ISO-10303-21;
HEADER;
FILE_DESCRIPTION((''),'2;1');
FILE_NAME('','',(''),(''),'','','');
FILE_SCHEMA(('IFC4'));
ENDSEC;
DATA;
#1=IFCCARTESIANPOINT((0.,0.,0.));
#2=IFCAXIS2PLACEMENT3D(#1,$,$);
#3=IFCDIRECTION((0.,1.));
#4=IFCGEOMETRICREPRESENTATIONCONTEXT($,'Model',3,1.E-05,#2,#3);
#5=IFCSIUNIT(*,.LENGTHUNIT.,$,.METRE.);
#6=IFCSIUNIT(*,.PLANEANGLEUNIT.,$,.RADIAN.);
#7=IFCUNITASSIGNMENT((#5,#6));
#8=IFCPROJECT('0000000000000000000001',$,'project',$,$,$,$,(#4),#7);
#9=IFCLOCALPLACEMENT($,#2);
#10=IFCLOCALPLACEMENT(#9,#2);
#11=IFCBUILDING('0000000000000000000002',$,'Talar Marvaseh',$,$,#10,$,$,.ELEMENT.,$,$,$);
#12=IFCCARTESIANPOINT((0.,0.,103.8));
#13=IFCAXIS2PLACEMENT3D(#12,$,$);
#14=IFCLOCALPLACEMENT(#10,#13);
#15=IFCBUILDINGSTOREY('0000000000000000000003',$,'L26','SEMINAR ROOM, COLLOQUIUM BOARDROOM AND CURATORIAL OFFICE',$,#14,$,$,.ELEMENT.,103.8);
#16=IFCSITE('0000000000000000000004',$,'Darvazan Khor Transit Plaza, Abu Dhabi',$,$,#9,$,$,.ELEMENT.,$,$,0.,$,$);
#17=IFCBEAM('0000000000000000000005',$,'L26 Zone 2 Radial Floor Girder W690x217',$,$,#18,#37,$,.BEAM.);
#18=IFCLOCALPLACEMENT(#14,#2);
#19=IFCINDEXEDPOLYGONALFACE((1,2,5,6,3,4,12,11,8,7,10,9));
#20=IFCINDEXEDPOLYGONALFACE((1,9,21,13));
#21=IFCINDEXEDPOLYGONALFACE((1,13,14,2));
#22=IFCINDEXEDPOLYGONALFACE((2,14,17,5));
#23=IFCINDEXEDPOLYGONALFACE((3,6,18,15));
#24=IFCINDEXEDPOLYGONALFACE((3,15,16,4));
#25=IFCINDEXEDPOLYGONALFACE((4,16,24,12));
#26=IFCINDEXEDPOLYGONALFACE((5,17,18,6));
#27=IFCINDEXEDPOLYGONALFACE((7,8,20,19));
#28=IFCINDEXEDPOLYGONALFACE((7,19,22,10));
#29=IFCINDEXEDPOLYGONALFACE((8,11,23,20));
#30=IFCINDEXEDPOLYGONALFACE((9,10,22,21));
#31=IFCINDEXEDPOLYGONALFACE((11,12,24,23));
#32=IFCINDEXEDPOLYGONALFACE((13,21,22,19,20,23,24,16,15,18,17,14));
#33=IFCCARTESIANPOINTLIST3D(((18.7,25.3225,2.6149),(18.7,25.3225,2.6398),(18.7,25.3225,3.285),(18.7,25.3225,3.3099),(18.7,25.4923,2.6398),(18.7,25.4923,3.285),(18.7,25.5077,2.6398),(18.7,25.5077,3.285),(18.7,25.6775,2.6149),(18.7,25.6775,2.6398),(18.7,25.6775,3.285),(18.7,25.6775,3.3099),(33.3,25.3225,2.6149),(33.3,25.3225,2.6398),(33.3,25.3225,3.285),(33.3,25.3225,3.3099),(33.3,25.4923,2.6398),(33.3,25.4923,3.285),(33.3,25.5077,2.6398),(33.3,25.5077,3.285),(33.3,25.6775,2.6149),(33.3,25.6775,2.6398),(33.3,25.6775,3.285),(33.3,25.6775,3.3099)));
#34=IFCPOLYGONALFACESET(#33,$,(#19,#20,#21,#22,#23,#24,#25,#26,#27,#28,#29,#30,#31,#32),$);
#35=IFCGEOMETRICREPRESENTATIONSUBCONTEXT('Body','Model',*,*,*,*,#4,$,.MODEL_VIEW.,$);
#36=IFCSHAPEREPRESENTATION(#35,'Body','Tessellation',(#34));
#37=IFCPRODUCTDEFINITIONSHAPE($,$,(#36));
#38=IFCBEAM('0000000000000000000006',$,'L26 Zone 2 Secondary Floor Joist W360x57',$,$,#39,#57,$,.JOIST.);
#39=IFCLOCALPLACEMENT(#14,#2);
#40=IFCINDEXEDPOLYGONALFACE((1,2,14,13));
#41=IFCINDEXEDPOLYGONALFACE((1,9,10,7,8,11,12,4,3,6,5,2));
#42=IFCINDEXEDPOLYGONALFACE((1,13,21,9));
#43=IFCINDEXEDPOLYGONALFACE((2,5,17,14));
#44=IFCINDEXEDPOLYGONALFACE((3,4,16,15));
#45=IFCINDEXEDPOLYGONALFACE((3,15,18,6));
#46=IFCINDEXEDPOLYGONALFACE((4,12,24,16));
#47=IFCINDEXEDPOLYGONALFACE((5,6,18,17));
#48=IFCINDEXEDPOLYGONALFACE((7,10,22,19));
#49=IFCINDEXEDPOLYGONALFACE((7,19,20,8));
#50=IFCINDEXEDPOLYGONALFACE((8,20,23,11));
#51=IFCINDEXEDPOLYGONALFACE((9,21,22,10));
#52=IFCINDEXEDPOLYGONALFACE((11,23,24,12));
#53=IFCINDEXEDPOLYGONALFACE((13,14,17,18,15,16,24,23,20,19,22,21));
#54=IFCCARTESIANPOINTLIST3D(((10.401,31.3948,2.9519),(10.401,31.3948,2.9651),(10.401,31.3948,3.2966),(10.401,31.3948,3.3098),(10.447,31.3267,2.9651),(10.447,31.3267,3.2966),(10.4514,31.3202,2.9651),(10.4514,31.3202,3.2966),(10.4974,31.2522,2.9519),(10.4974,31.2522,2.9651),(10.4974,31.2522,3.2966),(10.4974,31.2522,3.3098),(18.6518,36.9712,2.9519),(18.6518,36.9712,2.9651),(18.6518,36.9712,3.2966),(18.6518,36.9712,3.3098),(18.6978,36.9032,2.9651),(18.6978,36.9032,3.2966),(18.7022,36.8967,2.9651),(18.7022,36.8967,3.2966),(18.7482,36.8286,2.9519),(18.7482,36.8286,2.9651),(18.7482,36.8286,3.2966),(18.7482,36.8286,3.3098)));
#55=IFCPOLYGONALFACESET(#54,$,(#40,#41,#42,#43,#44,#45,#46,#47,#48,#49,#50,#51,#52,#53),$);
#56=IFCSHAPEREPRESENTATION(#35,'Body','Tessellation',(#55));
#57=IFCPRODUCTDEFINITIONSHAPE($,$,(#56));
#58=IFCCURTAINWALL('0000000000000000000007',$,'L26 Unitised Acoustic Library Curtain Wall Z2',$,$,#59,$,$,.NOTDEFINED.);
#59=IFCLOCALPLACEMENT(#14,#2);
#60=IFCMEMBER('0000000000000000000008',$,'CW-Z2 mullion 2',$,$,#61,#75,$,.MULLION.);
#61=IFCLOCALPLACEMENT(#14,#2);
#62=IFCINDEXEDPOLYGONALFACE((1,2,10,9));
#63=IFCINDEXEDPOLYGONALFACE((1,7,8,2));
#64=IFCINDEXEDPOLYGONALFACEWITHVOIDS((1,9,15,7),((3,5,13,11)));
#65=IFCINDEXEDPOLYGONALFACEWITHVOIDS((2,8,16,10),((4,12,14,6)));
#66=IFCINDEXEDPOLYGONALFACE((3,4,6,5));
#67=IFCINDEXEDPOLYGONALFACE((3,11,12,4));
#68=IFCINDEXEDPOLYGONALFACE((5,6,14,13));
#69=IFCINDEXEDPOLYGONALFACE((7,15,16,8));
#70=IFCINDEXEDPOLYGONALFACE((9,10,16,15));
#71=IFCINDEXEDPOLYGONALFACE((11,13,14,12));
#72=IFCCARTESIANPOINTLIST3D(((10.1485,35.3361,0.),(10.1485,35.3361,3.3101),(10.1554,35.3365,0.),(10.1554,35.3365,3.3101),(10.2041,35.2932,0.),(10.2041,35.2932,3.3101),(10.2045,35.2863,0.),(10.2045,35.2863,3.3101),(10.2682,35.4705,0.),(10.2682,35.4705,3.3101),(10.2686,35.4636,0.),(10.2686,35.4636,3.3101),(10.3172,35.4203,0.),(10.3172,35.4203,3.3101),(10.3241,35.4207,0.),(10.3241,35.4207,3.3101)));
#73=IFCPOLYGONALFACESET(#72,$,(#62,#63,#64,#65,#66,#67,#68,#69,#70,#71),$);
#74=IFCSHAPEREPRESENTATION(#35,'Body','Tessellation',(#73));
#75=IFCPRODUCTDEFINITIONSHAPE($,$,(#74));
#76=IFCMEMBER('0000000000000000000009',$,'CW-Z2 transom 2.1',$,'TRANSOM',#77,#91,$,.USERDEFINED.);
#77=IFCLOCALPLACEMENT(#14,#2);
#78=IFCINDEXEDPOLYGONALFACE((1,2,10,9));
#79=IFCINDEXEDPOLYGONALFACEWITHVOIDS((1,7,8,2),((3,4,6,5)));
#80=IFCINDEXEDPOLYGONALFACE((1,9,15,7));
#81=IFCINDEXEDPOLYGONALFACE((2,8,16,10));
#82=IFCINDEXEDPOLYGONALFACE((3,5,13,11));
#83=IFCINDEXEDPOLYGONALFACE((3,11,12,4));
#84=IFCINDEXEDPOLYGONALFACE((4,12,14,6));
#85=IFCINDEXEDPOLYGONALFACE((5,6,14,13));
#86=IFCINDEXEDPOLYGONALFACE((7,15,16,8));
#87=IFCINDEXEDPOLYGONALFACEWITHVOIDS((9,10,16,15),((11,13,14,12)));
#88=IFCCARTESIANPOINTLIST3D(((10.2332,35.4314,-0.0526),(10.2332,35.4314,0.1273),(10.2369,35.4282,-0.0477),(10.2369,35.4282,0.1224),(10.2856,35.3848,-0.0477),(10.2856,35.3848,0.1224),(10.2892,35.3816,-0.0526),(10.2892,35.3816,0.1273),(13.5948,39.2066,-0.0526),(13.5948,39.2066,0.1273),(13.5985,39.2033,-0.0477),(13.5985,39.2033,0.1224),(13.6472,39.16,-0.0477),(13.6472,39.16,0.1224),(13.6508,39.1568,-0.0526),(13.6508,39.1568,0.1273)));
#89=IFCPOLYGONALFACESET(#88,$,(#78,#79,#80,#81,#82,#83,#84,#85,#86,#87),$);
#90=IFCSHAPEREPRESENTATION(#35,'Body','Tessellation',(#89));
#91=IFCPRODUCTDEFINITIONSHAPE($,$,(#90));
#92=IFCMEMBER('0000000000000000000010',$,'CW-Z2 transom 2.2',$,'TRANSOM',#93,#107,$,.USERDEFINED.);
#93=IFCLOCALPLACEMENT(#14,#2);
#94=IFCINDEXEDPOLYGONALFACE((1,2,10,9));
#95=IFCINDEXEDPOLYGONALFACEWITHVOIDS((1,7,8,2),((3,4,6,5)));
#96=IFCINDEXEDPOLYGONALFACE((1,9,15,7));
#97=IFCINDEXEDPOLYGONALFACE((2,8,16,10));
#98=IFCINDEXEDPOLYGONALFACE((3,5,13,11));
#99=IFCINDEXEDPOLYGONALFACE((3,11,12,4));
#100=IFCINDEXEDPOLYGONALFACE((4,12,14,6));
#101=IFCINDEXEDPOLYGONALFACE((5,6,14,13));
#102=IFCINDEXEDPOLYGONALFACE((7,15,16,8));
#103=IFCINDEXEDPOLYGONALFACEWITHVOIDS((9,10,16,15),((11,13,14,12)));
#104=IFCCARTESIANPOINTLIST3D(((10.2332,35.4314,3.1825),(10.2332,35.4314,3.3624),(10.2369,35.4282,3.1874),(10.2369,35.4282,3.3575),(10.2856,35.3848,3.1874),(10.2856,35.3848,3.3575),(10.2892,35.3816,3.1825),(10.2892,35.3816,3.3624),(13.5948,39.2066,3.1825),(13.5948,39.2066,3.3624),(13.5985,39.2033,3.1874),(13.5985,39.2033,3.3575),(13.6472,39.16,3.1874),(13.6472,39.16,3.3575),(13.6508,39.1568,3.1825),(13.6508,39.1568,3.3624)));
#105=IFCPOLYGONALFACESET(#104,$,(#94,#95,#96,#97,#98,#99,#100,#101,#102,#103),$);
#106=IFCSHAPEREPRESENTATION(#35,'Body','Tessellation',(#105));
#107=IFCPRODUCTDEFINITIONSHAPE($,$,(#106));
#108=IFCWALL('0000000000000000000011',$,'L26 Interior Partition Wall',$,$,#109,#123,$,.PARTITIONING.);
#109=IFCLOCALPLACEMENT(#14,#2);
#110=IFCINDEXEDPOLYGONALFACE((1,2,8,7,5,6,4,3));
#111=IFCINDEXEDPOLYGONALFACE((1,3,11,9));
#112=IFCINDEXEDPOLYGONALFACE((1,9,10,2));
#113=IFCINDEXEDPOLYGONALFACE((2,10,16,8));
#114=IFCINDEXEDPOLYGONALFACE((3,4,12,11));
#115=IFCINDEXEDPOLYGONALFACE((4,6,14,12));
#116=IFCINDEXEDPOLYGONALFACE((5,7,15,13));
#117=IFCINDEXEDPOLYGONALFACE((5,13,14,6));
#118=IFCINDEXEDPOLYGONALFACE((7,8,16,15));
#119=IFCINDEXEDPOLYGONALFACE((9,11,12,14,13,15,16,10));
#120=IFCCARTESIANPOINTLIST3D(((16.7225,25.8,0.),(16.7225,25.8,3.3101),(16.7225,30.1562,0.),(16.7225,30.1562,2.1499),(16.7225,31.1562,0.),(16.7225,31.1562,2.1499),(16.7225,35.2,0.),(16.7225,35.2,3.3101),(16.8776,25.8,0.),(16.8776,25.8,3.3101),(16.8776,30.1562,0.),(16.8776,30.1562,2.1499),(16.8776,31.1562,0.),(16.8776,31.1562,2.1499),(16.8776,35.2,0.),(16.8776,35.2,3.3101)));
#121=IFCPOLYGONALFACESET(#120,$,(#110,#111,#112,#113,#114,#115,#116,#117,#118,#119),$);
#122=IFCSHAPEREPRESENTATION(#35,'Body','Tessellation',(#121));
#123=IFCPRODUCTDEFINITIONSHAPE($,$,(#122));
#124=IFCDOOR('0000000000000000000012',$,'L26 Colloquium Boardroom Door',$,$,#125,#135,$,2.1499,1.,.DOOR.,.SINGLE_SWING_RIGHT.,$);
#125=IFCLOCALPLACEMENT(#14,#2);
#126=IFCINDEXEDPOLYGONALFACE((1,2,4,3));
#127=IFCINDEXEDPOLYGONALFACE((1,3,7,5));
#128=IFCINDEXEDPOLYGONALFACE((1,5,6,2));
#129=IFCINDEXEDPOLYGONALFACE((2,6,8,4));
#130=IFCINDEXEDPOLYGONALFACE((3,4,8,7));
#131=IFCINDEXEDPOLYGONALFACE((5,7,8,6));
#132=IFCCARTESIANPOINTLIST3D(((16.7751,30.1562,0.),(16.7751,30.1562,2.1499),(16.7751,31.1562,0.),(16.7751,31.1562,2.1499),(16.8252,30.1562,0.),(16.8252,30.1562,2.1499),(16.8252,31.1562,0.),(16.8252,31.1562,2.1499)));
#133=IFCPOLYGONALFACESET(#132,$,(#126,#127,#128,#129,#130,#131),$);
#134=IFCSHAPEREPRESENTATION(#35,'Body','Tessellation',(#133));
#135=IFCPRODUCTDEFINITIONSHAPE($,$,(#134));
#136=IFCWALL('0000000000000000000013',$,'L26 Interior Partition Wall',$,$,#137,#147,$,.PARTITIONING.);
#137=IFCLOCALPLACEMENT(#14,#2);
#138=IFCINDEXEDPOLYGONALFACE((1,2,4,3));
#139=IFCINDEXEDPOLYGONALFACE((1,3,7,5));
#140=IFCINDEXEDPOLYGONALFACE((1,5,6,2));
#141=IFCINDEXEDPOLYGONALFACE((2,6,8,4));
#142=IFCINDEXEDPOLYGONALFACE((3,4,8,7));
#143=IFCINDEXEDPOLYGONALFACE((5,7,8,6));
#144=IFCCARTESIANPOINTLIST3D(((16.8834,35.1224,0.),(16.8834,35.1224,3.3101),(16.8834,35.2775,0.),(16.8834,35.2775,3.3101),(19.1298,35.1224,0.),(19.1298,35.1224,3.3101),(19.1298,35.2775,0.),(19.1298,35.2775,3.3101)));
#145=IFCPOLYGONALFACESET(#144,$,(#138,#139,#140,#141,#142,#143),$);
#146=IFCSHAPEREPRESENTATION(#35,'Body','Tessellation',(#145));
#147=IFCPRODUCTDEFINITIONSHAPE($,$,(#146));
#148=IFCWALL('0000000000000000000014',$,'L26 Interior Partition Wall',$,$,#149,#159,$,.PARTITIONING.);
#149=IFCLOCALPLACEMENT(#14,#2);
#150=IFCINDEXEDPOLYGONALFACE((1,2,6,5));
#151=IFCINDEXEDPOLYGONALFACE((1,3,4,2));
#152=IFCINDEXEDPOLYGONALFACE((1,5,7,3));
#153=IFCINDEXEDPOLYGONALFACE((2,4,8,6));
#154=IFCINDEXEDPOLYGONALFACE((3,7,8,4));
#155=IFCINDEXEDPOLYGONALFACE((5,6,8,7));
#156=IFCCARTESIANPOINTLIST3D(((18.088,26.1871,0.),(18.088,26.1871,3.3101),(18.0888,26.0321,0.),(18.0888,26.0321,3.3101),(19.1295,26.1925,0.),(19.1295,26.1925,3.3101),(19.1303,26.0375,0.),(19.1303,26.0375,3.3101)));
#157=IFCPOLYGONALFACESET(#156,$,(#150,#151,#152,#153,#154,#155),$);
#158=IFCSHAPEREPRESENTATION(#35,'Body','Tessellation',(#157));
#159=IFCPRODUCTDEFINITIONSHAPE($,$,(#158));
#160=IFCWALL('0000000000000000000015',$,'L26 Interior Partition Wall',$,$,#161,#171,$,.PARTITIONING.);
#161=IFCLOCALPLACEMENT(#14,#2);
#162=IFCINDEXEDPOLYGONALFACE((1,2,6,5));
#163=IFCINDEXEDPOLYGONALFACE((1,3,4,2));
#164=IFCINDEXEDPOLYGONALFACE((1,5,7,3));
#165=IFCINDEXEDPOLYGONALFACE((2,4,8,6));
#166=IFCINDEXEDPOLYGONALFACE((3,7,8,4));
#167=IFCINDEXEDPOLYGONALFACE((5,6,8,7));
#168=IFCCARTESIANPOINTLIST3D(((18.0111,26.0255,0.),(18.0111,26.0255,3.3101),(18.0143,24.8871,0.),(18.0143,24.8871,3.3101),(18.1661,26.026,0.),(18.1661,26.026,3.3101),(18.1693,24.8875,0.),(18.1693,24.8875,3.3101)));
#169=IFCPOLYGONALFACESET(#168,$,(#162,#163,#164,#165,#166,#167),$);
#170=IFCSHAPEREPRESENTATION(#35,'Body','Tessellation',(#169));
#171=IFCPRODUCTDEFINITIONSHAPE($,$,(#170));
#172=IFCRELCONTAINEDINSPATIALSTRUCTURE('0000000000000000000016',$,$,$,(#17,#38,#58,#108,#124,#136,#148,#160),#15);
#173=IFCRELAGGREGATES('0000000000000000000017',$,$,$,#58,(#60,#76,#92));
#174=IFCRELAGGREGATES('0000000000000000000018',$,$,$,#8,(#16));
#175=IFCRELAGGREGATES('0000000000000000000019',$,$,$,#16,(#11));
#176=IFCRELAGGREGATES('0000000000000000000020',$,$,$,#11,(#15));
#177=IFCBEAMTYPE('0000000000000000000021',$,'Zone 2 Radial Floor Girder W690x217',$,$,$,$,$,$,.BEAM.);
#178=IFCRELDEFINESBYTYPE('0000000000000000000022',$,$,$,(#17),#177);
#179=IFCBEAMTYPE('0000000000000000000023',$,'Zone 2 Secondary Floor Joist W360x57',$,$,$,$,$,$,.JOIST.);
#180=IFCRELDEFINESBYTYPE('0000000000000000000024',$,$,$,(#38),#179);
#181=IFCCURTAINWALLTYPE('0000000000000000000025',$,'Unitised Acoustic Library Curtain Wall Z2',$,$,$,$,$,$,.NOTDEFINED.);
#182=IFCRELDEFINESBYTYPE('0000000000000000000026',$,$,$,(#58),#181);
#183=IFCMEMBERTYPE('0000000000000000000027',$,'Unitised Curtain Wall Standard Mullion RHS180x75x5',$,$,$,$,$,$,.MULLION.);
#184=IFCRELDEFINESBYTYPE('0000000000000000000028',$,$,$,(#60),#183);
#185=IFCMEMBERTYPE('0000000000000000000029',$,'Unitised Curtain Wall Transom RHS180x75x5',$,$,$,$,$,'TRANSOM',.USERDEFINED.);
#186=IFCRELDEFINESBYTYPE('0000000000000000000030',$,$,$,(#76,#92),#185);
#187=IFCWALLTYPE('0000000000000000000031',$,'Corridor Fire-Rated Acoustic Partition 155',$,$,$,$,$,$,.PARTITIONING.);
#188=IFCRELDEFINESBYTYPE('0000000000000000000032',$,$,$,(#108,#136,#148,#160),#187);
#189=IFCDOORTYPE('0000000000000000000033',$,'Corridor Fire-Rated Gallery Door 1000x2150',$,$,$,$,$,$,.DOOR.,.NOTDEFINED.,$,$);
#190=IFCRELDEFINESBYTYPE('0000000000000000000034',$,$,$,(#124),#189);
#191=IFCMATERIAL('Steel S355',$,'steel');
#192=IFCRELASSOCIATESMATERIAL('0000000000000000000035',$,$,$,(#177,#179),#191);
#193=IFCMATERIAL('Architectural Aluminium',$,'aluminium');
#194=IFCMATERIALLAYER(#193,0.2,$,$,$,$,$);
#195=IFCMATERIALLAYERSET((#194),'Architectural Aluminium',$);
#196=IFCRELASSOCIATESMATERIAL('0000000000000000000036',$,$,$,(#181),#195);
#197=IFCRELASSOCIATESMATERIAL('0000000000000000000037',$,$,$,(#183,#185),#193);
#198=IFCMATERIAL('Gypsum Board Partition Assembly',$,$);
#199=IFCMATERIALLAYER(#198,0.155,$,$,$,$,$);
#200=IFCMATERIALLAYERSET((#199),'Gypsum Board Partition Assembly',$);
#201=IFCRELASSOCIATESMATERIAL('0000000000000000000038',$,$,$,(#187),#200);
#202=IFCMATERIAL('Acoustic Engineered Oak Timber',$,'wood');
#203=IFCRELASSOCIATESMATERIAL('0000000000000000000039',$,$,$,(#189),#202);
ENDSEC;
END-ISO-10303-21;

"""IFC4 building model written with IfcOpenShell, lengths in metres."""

from ifc_helpers import new_model, si_unit, direction, frame, frame_2d, origin, origin_2d, place, context, subcontext, project, spatial, rectangle, hollow_rectangle, i_section, extrude, source, transform, mapped, material, layer, layer_set, material_profile, profile_set, type_object, type_shapes, element, fill, aggregate, save


model = new_model("IFC4")

# Units and contexts
model_context = context("Model", 3, precision=1e-05, world=origin(), true_north=direction((0.0, 1.0)))
body_context = subcontext(model_context, "Body", "Model", "MODEL_VIEW")
ifc_project = project(units=[si_unit("LENGTHUNIT", "METRE"), si_unit("PLANEANGLEUNIT", "RADIAN")], contexts=[model_context])

# Site, building, storey
site_placement = place(None, origin())
site = spatial("IfcSite", under=ifc_project, at=site_placement, Name="Darvazan Khor Transit Plaza, Abu Dhabi", CompositionType="ELEMENT", RefElevation=0.0)
building_placement = place(site_placement, origin())
building = spatial("IfcBuilding", under=site, at=building_placement, Name="Talar Marvaseh", CompositionType="ELEMENT")
storey_placement = place(building_placement, frame((0.0, 0.0, 103.8)))
storey = spatial("IfcBuildingStorey", under=building, at=storey_placement, Name="L26", Description="SEMINAR ROOM, COLLOQUIUM BOARDROOM AND CURATORIAL OFFICE", CompositionType="ELEMENT", Elevation=103.8)

# Beams
ifc_material_1 = material(Name="Steel S355", Category="steel")
ifc_material_profile_1 = material_profile(ifc_material_1, i_section(OverallWidth=0.355, OverallDepth=0.6951, WebThickness=0.0154, FlangeThickness=0.0249, at=origin_2d()), Name="W690x217")
ifc_profile_set_1 = profile_set([ifc_material_profile_1], Name="Steel S355")
beam_type_1 = type_object("IfcBeamType", Name="Zone 2 Radial Floor Girder W690x217", PredefinedType="BEAM", material=ifc_profile_set_1)
beam_1_placement = place(storey_placement, frame((18.7, 25.5, 2.9624), z_axis=(1.0, 0.0, 0.0), x_axis=(0.0, 1.0, 0.0)))
element("IfcBeam", 1, at=beam_1_placement, inside=storey, type_object=beam_type_1, Name="L26 Zone 2 Radial Floor Girder W690x217", PredefinedType="BEAM", context=body_context, shape_type="SweptSolid", body=[
    extrude(i_section(OverallWidth=0.355, OverallDepth=0.6951, WebThickness=0.0154, FlangeThickness=0.0249, at=origin_2d()), origin(), (0.0, 0.0, 1.0), 14.6001),
])
ifc_material_profile_2 = material_profile(ifc_material_1, i_section(OverallWidth=0.1721, OverallDepth=0.3579, WebThickness=0.0078, FlangeThickness=0.0132, at=origin_2d()), Name="W360x57")
ifc_profile_set_2 = profile_set([ifc_material_profile_2], Name="Steel S355")
beam_type_2 = type_object("IfcBeamType", Name="Zone 2 Secondary Floor Joist W360x57", PredefinedType="JOIST", material=ifc_profile_set_2)
beam_2_placement = place(storey_placement, frame((10.4492, 31.3235, 3.1309), z_axis=(0.828515, 0.559967, 0.0), x_axis=(-0.559967, 0.828515, 0.0)))
element("IfcBeam", 2, at=beam_2_placement, inside=storey, type_object=beam_type_2, Name="L26 Zone 2 Secondary Floor Joist W360x57", PredefinedType="JOIST", context=body_context, shape_type="SweptSolid", body=[
    extrude(i_section(OverallWidth=0.1721, OverallDepth=0.3579, WebThickness=0.0078, FlangeThickness=0.0132, at=origin_2d()), origin(), (0.0, 0.0, 1.0), 9.9585),
])

# Curtain wall, members
ifc_material_2 = material(Name="Architectural Aluminium", Category="aluminium")
ifc_layer_1 = layer(ifc_material_2, 0.2)
ifc_layer_set_1 = layer_set([ifc_layer_1], Name="Architectural Aluminium")
curtain_wall_type = type_object("IfcCurtainWallType", Name="Unitised Acoustic Library Curtain Wall Z2", PredefinedType="NOTDEFINED", material=ifc_layer_set_1)
curtain_wall_placement = place(storey_placement, origin())
curtain_wall = element("IfcCurtainWall", 3, at=curtain_wall_placement, inside=storey, type_object=curtain_wall_type, Name="L26 Unitised Acoustic Library Curtain Wall Z2", PredefinedType="NOTDEFINED")
ifc_material_profile_3 = material_profile(ifc_material_2, hollow_rectangle(XDim=0.075, YDim=0.1799, WallThickness=0.0049, at=origin_2d()), Name="RHS180x75x5")
ifc_profile_set_3 = profile_set([ifc_material_profile_3], Name="Architectural Aluminium")
member_type_1 = type_object("IfcMemberType", Name="Unitised Curtain Wall Standard Mullion RHS180x75x5", PredefinedType="MULLION", material=ifc_profile_set_3)
shared_shape_1 = source(origin(), body_context, "Body", "SweptSolid", [
    extrude(hollow_rectangle(XDim=0.075, YDim=0.1799, WallThickness=0.0049, at=origin_2d()), origin(), (0.0, 0.0, 1.0), 3.3101),
])
type_shapes(member_type_1, [shared_shape_1])
member_1_placement = place(storey_placement, frame((10.2363, 35.3784, 0.0), z_axis=(0.0, 0.0, 1.0), x_axis=(-0.746844, 0.664999, 0.0)))
member_1 = element("IfcMember", 4, at=member_1_placement, type_object=member_type_1, Name="CW-Z2 mullion 2", PredefinedType="MULLION", context=body_context, shape_type="MappedRepresentation", body=[
    mapped(shared_shape_1, transform((0.0, 0.0, 0.0), x_axis=(1.0, 0.0, 0.0), y_axis=(0.0, 1.0, 0.0), z_axis=(0.0, 0.0, 1.0), scale=1.0)),
])
ifc_material_profile_4 = material_profile(ifc_material_2, hollow_rectangle(XDim=0.075, YDim=0.1799, WallThickness=0.0049, at=origin_2d()), Name="RHS180x75x5")
ifc_profile_set_4 = profile_set([ifc_material_profile_4], Name="Architectural Aluminium")
member_type_2 = type_object("IfcMemberType", Name="Unitised Curtain Wall Transom RHS180x75x5", ElementType="TRANSOM", PredefinedType="USERDEFINED", material=ifc_profile_set_4)
shared_shape_2 = source(origin(), body_context, "Body", "SweptSolid", [
    extrude(hollow_rectangle(XDim=0.075, YDim=0.1799, WallThickness=0.0049, at=origin_2d()), origin(), (0.0, 0.0, 1.0), 5.0549),
])
type_shapes(member_type_2, [shared_shape_2])
member_2_placement = place(storey_placement, frame((10.2612, 35.4065, 0.0374), z_axis=(0.665014, 0.746831, 0.0), x_axis=(-0.746831, 0.665014, 0.0)))
member_2 = element("IfcMember", 5, at=member_2_placement, type_object=member_type_2, Name="CW-Z2 transom 2.1", ObjectType="TRANSOM", PredefinedType="USERDEFINED", context=body_context, shape_type="MappedRepresentation", body=[
    mapped(shared_shape_2, transform((0.0, 0.0, 0.0), x_axis=(1.0, 0.0, 0.0), y_axis=(0.0, 1.0, 0.0), z_axis=(0.0, 0.0, 1.0), scale=1.0)),
])
member_3_placement = place(storey_placement, frame((10.2612, 35.4065, 3.2725), z_axis=(0.665014, 0.746831, 0.0), x_axis=(-0.746831, 0.665014, 0.0)))
member_3 = element("IfcMember", 6, at=member_3_placement, type_object=member_type_2, Name="CW-Z2 transom 2.2", ObjectType="TRANSOM", PredefinedType="USERDEFINED", context=body_context, shape_type="MappedRepresentation", body=[
    mapped(shared_shape_2, transform((0.0, 0.0, 0.0), x_axis=(1.0, 0.0, 0.0), y_axis=(0.0, 1.0, 0.0), z_axis=(0.0, 0.0, 1.0), scale=1.0)),
])
aggregate(curtain_wall, [member_1, member_2, member_3])

# Wall, opening, door
ifc_material_3 = material(Name="Gypsum Board Partition Assembly")
ifc_layer_2 = layer(ifc_material_3, 0.155)
ifc_layer_set_2 = layer_set([ifc_layer_2], Name="Gypsum Board Partition Assembly")
wall_type_1 = type_object("IfcWallType", Name="Corridor Fire-Rated Acoustic Partition 155", PredefinedType="PARTITIONING", material=ifc_layer_set_2)
wall_1_placement = place(storey_placement, frame((16.8, 25.8, 0.0), z_axis=(0.0, 0.0, 1.0), x_axis=(0.0, 1.0, 0.0)))
wall_1 = element("IfcWall", 7, at=wall_1_placement, inside=storey, type_object=wall_type_1, Name="L26 Interior Partition Wall", PredefinedType="PARTITIONING", context=body_context, shape_type="SweptSolid", body=[
    extrude(rectangle(XDim=9.3999, YDim=0.155, at=frame_2d((4.7, 0.0))), origin(), (0.0, 0.0, 1.0), 3.3101),
])
opening_placement = place(wall_1_placement, frame((4.3562, 0.0, 0.0)))
opening = element("IfcOpeningElement", 8, at=opening_placement, cuts=wall_1, PredefinedType="OPENING", context=body_context, shape_type="SweptSolid", body=[
    extrude(rectangle(XDim=1.0, YDim=2.1499, at=frame_2d((0.5, 1.075))), frame((0.0, 0.0874, 0.0), z_axis=(0.0, -1.0, 0.0), x_axis=(1.0, 0.0, 0.0)), (0.0, 0.0, 1.0), 0.175),
])
ifc_material_4 = material(Name="Acoustic Engineered Oak Timber", Category="wood")
door_type = type_object("IfcDoorType", Name="Corridor Fire-Rated Gallery Door 1000x2150", OperationType="NOTDEFINED", PredefinedType="DOOR", material=ifc_material_4)
shared_shape_3 = source(origin(), body_context, "Body", "SweptSolid", [
    extrude(rectangle(XDim=1.0, YDim=2.1499, at=frame_2d((0.5, 1.075))), frame((0.0, 0.0249, 0.0), z_axis=(0.0, -1.0, 0.0), x_axis=(1.0, 0.0, 0.0)), (0.0, 0.0, 1.0), 0.05),
])
type_shapes(door_type, [shared_shape_3])
door_placement = place(opening_placement, origin())
door = element("IfcDoor", 9, at=door_placement, inside=storey, type_object=door_type, Name="L26 Colloquium Boardroom Door", OperationType="SINGLE_SWING_RIGHT", OverallHeight=2.1499, OverallWidth=1.0, PredefinedType="DOOR", context=body_context, shape_type="MappedRepresentation", body=[
    mapped(shared_shape_3, transform((0.0, 0.0, 0.0), x_axis=(1.0, 0.0, 0.0), y_axis=(0.0, 1.0, 0.0), z_axis=(0.0, 0.0, 1.0), scale=1.0)),
])
fill(opening, door)

# Walls
wall_2_placement = place(storey_placement, frame((16.8835, 35.2, 0.0), z_axis=(0.0, 0.0, 1.0), x_axis=(1.0, 0.0, 0.0)))
element("IfcWall", 10, at=wall_2_placement, inside=storey, type_object=wall_type_1, Name="L26 Interior Partition Wall", PredefinedType="PARTITIONING", context=body_context, shape_type="SweptSolid", body=[
    extrude(rectangle(XDim=2.2463, YDim=0.155, at=frame_2d((1.123, 0.0))), origin(), (0.0, 0.0, 1.0), 3.3101),
])
wall_3_placement = place(storey_placement, frame((19.1299, 26.115, 0.0), z_axis=(0.0, 0.0, 1.0), x_axis=(-0.999987, -0.005157, 0.0)))
element("IfcWall", 11, at=wall_3_placement, inside=storey, type_object=wall_type_1, Name="L26 Interior Partition Wall", PredefinedType="PARTITIONING", context=body_context, shape_type="SweptSolid", body=[
    extrude(rectangle(XDim=1.0415, YDim=0.155, at=frame_2d((0.5208, 0.0))), origin(), (0.0, 0.0, 1.0), 3.3101),
])
wall_4_placement = place(storey_placement, frame((18.0886, 26.0259, 0.0), z_axis=(0.0, 0.0, 1.0), x_axis=(0.002788, -0.999996, 0.0)))
element("IfcWall", 12, at=wall_4_placement, inside=storey, type_object=wall_type_1, Name="L26 Interior Partition Wall", PredefinedType="PARTITIONING", context=body_context, shape_type="SweptSolid", body=[
    extrude(rectangle(XDim=1.1384, YDim=0.155, at=frame_2d((0.5693, 0.0))), origin(), (0.0, 0.0, 1.0), 3.3101),
])

save(model, "model.ifc")
